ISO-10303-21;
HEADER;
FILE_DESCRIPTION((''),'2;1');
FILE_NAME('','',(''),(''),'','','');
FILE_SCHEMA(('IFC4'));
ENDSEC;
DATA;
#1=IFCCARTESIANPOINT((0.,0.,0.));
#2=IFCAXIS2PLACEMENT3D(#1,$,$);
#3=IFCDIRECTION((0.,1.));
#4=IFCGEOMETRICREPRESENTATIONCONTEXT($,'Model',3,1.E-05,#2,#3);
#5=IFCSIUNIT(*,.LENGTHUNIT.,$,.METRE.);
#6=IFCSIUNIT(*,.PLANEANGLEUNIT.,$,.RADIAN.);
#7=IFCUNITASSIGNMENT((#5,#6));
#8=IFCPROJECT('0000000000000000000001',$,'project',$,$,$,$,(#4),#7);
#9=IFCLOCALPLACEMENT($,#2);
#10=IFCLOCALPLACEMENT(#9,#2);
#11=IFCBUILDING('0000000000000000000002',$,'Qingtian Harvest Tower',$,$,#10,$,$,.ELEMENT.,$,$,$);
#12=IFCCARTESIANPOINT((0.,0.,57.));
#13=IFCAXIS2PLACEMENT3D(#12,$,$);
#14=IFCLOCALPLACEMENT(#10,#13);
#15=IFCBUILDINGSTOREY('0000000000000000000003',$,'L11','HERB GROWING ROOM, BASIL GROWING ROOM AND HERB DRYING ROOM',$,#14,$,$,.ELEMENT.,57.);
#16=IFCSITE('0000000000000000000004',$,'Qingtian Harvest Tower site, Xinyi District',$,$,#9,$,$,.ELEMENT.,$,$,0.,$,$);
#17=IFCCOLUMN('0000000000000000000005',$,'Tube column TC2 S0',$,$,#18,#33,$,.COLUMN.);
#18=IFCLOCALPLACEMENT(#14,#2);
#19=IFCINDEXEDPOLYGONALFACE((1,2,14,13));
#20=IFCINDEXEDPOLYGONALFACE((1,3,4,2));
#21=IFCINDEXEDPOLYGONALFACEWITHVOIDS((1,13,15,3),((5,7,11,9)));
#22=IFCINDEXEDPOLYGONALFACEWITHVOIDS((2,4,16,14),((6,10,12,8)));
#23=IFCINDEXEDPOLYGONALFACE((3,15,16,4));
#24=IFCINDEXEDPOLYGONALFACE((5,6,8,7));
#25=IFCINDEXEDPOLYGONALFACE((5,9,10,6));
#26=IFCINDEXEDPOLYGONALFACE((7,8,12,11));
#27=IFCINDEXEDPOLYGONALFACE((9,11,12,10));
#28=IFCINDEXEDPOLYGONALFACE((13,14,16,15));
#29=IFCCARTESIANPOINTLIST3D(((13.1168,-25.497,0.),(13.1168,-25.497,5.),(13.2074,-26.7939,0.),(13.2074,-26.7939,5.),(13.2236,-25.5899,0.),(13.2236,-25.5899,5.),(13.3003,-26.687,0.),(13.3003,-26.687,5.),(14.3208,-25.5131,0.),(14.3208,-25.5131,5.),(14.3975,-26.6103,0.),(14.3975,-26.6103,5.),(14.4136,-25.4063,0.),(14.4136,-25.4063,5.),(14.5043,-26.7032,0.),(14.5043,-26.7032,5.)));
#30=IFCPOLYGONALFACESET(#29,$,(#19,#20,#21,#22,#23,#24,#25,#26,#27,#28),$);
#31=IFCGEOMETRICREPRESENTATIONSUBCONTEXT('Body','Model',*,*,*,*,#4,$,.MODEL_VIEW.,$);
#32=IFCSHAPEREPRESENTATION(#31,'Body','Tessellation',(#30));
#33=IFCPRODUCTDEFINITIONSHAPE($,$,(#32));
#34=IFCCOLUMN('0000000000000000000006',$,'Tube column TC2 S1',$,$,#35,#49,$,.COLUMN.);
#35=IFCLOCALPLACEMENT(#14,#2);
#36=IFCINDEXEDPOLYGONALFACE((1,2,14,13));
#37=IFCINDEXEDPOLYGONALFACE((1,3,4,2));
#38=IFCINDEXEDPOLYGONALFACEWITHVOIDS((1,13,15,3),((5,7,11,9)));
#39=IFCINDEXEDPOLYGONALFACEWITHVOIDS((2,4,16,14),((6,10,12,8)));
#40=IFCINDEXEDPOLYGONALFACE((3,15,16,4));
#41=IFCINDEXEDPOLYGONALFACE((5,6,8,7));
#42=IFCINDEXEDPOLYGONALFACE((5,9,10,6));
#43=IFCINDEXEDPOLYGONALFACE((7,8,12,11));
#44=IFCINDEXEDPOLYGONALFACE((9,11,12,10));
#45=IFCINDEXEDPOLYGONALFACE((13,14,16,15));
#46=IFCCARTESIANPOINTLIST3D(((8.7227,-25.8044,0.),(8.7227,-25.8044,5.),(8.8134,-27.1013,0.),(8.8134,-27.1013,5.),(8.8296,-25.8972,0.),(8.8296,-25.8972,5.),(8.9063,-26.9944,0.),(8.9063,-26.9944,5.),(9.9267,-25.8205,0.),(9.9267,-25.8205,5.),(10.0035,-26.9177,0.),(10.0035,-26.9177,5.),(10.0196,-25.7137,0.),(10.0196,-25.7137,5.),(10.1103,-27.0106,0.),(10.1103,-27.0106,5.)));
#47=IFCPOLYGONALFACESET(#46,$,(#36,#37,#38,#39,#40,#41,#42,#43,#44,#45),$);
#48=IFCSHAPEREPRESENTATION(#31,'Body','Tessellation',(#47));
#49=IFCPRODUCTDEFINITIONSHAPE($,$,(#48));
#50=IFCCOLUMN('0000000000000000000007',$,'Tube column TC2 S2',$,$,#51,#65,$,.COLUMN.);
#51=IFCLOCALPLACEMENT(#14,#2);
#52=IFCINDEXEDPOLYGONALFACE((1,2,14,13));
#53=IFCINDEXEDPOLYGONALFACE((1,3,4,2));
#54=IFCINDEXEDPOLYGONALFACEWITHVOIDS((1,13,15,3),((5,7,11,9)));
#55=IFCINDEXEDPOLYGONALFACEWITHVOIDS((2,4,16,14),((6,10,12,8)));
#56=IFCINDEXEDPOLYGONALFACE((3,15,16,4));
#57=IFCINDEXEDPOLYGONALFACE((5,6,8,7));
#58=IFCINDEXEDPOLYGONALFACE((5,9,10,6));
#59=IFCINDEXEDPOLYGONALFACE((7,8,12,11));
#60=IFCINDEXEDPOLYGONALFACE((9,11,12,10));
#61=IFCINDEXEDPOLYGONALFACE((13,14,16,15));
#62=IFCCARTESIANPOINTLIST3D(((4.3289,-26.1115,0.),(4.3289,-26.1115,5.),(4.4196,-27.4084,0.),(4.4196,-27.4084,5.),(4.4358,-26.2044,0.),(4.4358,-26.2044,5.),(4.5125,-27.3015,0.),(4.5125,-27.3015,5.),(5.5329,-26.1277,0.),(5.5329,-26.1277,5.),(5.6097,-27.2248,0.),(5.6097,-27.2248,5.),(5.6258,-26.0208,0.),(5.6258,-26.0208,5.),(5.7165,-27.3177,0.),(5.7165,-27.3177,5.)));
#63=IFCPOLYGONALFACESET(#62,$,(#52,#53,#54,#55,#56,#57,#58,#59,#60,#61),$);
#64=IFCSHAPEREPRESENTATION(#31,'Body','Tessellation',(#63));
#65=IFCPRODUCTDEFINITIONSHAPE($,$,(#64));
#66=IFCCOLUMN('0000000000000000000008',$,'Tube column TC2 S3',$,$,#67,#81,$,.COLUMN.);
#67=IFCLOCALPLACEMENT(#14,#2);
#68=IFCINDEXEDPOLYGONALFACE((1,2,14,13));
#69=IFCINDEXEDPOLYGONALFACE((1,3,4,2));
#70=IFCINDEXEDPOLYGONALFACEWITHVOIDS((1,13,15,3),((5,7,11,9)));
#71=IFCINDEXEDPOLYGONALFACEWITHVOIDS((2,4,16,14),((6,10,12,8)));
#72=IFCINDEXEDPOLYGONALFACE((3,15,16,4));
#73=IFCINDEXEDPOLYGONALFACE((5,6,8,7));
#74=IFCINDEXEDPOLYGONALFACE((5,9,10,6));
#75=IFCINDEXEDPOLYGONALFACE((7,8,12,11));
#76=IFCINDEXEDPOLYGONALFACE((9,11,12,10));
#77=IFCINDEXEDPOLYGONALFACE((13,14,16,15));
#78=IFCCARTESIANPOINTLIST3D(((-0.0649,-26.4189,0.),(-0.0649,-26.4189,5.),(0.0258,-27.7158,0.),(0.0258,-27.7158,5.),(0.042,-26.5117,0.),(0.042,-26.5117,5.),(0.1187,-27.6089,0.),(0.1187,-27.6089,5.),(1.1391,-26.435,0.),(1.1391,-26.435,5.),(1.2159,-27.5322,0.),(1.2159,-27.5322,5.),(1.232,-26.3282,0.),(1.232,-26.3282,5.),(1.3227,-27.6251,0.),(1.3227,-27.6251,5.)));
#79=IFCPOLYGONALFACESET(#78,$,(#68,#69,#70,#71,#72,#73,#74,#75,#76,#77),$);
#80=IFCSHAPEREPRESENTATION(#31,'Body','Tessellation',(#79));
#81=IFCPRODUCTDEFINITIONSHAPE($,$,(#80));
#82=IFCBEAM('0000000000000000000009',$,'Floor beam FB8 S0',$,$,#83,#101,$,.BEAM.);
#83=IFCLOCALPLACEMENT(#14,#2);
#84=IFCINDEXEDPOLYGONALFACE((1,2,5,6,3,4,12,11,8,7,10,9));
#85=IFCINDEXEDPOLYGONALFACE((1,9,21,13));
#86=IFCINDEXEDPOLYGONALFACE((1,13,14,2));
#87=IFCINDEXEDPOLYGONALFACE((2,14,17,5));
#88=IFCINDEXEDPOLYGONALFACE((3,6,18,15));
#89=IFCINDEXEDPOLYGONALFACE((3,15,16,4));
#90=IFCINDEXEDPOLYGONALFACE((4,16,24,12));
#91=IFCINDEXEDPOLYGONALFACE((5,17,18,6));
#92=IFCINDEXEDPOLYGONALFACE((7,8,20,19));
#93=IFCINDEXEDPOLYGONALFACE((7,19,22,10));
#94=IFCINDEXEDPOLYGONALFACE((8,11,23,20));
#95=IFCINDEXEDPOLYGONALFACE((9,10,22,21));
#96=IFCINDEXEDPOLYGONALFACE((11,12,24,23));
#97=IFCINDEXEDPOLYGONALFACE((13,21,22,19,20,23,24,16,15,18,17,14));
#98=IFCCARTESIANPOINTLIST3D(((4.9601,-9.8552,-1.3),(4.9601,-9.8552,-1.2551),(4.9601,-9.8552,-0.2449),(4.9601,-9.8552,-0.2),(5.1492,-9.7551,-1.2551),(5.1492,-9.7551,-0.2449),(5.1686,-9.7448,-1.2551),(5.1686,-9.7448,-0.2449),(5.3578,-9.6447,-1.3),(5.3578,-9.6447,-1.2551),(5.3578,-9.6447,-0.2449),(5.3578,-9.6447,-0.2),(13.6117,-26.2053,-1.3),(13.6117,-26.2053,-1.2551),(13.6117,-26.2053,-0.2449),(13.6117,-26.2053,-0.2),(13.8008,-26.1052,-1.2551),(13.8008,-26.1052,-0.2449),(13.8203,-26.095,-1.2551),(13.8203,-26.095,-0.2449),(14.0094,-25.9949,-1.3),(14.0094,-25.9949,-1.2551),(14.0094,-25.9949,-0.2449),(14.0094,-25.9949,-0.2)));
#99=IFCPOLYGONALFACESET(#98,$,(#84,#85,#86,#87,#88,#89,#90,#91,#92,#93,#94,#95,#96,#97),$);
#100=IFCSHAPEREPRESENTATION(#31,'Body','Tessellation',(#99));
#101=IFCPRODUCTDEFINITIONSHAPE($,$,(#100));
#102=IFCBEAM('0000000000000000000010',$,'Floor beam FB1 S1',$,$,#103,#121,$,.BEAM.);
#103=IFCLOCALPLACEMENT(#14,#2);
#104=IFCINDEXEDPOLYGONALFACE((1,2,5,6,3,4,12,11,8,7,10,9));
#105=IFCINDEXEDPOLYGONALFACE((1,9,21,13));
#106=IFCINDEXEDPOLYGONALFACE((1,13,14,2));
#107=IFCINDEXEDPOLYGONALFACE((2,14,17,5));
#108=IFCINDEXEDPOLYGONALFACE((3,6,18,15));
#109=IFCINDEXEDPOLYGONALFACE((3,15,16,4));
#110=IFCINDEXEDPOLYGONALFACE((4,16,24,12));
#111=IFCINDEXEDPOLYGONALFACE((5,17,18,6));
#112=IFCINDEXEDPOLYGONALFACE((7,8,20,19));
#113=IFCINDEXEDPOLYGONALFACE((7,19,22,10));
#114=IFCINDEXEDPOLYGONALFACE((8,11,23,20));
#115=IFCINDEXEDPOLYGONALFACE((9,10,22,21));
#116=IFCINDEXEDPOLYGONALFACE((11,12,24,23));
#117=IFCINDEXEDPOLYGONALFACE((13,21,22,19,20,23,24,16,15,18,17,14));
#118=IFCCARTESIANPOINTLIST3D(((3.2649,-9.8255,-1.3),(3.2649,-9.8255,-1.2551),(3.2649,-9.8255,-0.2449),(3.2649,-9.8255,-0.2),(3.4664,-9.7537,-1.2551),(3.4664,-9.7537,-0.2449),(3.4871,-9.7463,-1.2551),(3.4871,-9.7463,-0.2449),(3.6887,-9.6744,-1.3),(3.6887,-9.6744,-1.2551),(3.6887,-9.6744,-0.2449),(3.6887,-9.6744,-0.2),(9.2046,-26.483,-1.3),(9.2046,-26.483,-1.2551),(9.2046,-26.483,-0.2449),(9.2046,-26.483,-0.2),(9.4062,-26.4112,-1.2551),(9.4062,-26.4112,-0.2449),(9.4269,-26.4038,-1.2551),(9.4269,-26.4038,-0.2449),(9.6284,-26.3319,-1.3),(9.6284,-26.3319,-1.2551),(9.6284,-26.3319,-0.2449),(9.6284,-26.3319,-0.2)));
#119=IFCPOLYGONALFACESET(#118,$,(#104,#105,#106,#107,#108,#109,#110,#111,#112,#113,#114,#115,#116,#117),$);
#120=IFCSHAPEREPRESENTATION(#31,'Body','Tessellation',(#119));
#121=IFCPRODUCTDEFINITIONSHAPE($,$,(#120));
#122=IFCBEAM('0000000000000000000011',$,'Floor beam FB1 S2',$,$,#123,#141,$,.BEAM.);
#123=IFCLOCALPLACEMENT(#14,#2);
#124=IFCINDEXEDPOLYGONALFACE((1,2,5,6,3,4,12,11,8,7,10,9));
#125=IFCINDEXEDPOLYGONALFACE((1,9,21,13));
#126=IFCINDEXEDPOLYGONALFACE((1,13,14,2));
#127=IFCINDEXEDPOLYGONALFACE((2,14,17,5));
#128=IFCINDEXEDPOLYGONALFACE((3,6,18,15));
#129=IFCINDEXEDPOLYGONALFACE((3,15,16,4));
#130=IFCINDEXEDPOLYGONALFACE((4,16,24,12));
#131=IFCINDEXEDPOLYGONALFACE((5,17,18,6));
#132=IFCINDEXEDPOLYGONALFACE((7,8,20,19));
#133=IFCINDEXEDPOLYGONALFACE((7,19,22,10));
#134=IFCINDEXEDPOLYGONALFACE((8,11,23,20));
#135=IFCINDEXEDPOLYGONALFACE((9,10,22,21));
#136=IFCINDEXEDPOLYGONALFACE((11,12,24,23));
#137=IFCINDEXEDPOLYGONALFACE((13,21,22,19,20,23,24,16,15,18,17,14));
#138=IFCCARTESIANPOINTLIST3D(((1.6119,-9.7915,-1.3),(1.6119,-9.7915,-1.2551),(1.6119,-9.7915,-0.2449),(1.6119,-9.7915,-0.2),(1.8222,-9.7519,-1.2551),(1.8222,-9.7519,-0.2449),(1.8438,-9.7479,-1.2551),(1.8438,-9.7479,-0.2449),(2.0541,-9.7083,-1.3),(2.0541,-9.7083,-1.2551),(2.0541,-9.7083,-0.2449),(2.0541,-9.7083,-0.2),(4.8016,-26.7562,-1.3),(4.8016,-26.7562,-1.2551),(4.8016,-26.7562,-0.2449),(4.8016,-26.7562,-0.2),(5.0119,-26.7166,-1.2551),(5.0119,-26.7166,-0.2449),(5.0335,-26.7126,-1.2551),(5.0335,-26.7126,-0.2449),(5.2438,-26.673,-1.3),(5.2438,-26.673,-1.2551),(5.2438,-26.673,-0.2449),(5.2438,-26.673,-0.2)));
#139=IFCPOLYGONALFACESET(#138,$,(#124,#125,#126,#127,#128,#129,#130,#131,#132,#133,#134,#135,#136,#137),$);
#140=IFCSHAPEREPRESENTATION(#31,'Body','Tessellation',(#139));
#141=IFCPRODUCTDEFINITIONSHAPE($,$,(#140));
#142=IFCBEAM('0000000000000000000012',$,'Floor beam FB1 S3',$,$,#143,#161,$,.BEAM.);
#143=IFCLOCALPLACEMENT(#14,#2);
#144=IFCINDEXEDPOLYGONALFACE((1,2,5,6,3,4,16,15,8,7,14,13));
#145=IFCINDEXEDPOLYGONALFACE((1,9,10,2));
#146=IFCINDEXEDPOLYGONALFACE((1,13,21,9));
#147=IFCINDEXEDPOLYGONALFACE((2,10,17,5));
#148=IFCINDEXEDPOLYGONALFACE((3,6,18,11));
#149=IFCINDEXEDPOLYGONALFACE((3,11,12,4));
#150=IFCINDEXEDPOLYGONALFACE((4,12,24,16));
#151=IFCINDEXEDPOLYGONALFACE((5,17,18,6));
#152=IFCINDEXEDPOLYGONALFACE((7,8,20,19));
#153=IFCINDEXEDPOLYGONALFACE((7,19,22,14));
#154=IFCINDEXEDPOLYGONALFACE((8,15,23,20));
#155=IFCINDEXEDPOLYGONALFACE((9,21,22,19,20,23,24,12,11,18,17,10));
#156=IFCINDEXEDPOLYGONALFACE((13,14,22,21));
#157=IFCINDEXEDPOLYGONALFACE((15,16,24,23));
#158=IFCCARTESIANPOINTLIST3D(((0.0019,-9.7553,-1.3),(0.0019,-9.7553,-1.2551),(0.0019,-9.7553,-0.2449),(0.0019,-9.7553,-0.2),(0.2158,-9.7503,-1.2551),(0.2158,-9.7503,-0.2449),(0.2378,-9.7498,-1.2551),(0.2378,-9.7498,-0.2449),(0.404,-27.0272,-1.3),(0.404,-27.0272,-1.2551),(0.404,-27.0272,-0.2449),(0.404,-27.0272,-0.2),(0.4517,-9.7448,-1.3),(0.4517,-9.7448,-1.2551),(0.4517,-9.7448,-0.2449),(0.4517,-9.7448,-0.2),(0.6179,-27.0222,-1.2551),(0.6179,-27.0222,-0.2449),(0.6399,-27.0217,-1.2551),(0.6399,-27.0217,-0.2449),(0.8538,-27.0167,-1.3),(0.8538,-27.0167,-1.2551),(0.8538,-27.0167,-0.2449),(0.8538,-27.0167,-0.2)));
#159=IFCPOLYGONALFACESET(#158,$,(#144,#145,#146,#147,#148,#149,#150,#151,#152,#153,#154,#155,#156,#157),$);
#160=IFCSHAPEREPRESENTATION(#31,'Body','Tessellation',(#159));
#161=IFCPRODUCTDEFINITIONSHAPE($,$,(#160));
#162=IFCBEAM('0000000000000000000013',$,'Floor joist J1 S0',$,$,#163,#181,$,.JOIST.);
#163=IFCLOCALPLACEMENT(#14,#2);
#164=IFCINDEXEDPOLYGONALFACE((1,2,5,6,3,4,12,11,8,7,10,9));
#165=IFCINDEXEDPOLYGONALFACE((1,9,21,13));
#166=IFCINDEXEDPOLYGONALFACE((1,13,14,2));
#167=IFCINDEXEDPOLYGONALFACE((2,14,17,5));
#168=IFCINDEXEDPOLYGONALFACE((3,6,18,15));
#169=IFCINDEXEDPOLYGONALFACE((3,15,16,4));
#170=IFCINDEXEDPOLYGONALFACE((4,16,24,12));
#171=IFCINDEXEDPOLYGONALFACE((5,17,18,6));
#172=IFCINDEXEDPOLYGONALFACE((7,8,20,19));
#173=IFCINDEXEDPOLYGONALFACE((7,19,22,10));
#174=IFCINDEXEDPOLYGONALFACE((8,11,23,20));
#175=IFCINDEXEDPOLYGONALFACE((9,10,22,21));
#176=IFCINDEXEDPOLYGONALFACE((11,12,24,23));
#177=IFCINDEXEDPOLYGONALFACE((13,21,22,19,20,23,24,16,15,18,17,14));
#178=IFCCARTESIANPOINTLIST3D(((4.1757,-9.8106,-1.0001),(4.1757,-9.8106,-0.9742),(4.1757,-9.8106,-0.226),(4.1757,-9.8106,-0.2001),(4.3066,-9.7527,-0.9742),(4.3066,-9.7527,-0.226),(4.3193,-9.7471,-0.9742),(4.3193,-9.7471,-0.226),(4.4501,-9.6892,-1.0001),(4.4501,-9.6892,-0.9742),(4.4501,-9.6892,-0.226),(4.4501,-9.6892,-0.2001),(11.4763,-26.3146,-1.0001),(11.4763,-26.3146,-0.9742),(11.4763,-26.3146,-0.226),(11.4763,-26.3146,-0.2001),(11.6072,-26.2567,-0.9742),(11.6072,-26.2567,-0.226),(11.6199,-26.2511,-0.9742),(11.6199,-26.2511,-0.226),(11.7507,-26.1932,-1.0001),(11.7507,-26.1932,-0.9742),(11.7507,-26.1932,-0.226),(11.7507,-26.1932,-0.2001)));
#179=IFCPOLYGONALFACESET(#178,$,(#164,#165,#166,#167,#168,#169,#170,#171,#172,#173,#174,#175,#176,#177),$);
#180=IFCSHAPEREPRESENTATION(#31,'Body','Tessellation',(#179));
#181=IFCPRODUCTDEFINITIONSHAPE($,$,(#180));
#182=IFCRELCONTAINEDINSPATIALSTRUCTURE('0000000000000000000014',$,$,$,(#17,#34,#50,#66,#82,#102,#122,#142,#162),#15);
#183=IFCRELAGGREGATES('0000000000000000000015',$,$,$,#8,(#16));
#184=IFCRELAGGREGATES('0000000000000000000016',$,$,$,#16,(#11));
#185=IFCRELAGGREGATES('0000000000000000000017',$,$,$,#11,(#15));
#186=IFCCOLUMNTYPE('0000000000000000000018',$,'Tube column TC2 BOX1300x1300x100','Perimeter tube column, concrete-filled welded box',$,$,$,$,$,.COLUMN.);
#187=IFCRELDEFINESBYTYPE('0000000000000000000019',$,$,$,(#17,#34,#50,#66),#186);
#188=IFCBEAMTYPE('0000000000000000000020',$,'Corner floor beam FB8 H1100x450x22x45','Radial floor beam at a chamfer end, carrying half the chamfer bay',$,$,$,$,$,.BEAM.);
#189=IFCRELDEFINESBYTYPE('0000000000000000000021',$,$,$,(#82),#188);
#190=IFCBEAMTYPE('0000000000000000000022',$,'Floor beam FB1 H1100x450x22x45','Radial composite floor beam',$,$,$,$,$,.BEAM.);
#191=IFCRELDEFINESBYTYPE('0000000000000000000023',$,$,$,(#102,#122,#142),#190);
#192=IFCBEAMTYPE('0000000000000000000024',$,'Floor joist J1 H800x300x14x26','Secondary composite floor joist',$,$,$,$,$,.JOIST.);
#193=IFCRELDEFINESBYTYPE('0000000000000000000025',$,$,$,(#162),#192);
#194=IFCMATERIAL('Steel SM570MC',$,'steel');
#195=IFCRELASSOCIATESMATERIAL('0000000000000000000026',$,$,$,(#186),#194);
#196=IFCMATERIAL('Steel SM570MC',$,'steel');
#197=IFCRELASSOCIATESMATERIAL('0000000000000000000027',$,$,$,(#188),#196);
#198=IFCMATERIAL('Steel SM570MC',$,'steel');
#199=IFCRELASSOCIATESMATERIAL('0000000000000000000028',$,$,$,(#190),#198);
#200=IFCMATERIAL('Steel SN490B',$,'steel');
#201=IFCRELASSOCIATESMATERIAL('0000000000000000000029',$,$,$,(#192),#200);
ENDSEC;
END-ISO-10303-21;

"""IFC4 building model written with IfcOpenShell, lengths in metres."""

from ifc_helpers import new_model, si_unit, direction, frame, origin, origin_2d, place, context, subcontext, project, spatial, hollow_rectangle, i_section, extrude, material, material_profile, profile_set, type_object, element, save


model = new_model("IFC4")

# Units and contexts
model_context = context("Model", 3, precision=1e-05, world=origin(), true_north=direction((0.0, 1.0)))
body_context = subcontext(model_context, "Body", "Model", "MODEL_VIEW")
ifc_project = project(units=[si_unit("LENGTHUNIT", "METRE"), si_unit("PLANEANGLEUNIT", "RADIAN")], contexts=[model_context])

# Site, building, storey
site_placement = place(None, origin())
site = spatial("IfcSite", under=ifc_project, at=site_placement, Name="Qingtian Harvest Tower site, Xinyi District", CompositionType="ELEMENT", RefElevation=0.0)
building_placement = place(site_placement, origin())
building = spatial("IfcBuilding", under=site, at=building_placement, Name="Qingtian Harvest Tower", CompositionType="ELEMENT")
storey_placement = place(building_placement, frame((0.0, 0.0, 57.0)))
storey = spatial("IfcBuildingStorey", under=building, at=storey_placement, Name="L11", Description="HERB GROWING ROOM, BASIL GROWING ROOM AND HERB DRYING ROOM", CompositionType="ELEMENT", Elevation=57.0)

# Columns
ifc_material_1 = material(Name="Steel SM570MC", Category="steel")
ifc_material_profile_1 = material_profile(ifc_material_1, hollow_rectangle(XDim=1.3, YDim=1.3, WallThickness=0.1001, at=origin_2d()), Name="BOX1300x1300x100")
ifc_profile_set_1 = profile_set([ifc_material_profile_1], Name="Steel SM570MC")
column_type = type_object("IfcColumnType", Name="Tube column TC2 BOX1300x1300x100", Description="Perimeter tube column, concrete-filled welded box", PredefinedType="COLUMN", material=ifc_profile_set_1)
for number, where, z_axis, x_axis, name in (
    (1, (13.8105, -26.1001, 0.0), (0.0, 0.0, 1.0), (0.997564, 0.069756, 0.0), "Tube column TC2 S0"),
    (2, (9.4165, -26.4075, 0.0), (0.0, 0.0, 1.0), (0.997564, 0.069756, 0.0), "Tube column TC2 S1"),
    (3, (5.0227, -26.7146, 0.0), (0.0, 0.0, 1.0), (0.997564, 0.069756, 0.0), "Tube column TC2 S2"),
    (4, (0.6289, -27.022, 0.0), (0.0, 0.0, 1.0), (0.997564, 0.069756, 0.0), "Tube column TC2 S3"),
):
    element("IfcColumn", number, at=place(storey_placement, frame(where, z_axis=z_axis, x_axis=x_axis)), inside=storey, type_object=column_type, Name=name, PredefinedType="COLUMN", context=body_context, shape_type="SweptSolid", body=[
        extrude(hollow_rectangle(XDim=1.3, YDim=1.3, WallThickness=0.1001, at=origin_2d()), origin(), (0.0, 0.0, 1.0), 5.0),
    ])

# Beams
ifc_material_2 = material(Name="Steel SM570MC", Category="steel")
ifc_material_profile_2 = material_profile(ifc_material_2, i_section(OverallWidth=0.45, OverallDepth=1.1001, WebThickness=0.022, FlangeThickness=0.0449, at=origin_2d()), Name="H1100x450x22x45")
ifc_profile_set_2 = profile_set([ifc_material_profile_2], Name="Steel SM570MC")
beam_type_1 = type_object("IfcBeamType", Name="Corner floor beam FB8 H1100x450x22x45", Description="Radial floor beam at a chamfer end, carrying half the chamfer bay", PredefinedType="BEAM", material=ifc_profile_set_2)
beam_1_placement = place(storey_placement, frame((13.8105, -26.1001, -0.75), z_axis=(-0.467705, 0.883885, 0.0), x_axis=(-0.883885, -0.467705, 0.0)))
element("IfcBeam", 5, at=beam_1_placement, inside=storey, type_object=beam_type_1, Name="Floor beam FB8 S0", PredefinedType="BEAM", context=body_context, shape_type="SweptSolid", body=[
    extrude(i_section(OverallWidth=0.45, OverallDepth=1.1001, WebThickness=0.022, FlangeThickness=0.0449, at=origin_2d()), origin(), (0.0, 0.0, 1.0), 18.498),
])
ifc_material_3 = material(Name="Steel SM570MC", Category="steel")
ifc_material_profile_3 = material_profile(ifc_material_3, i_section(OverallWidth=0.45, OverallDepth=1.1001, WebThickness=0.022, FlangeThickness=0.0449, at=origin_2d()), Name="H1100x450x22x45")
ifc_profile_set_3 = profile_set([ifc_material_profile_3], Name="Steel SM570MC")
beam_type_2 = type_object("IfcBeamType", Name="Floor beam FB1 H1100x450x22x45", Description="Radial composite floor beam", PredefinedType="BEAM", material=ifc_profile_set_3)
beam_2_placement = place(storey_placement, frame((9.4165, -26.4075, -0.75), z_axis=(-0.335865, 0.94191, 0.0), x_axis=(-0.94191, -0.335865, 0.0)))
element("IfcBeam", 6, at=beam_2_placement, inside=storey, type_object=beam_type_2, Name="Floor beam FB1 S1", PredefinedType="BEAM", context=body_context, shape_type="SweptSolid", body=[
    extrude(i_section(OverallWidth=0.45, OverallDepth=1.1001, WebThickness=0.022, FlangeThickness=0.0449, at=origin_2d()), origin(), (0.0, 0.0, 1.0), 17.6848),
])
beam_3_placement = place(storey_placement, frame((5.0227, -26.7146, -0.75), z_axis=(-0.184783, 0.982779, 0.0), x_axis=(-0.982779, -0.184783, 0.0)))
element("IfcBeam", 7, at=beam_3_placement, inside=storey, type_object=beam_type_2, Name="Floor beam FB1 S2", PredefinedType="BEAM", context=body_context, shape_type="SweptSolid", body=[
    extrude(i_section(OverallWidth=0.45, OverallDepth=1.1001, WebThickness=0.022, FlangeThickness=0.0449, at=origin_2d()), origin(), (0.0, 0.0, 1.0), 17.262),
])
beam_4_placement = place(storey_placement, frame((0.6289, -27.022, -0.75), z_axis=(-0.023274, 0.999729, 0.0), x_axis=(-0.999729, -0.023274, 0.0)))
element("IfcBeam", 8, at=beam_4_placement, inside=storey, type_object=beam_type_2, Name="Floor beam FB1 S3", PredefinedType="BEAM", context=body_context, shape_type="SweptSolid", body=[
    extrude(i_section(OverallWidth=0.45, OverallDepth=1.1001, WebThickness=0.022, FlangeThickness=0.0449, at=origin_2d()), origin(), (0.0, 0.0, 1.0), 17.2766),
])
ifc_material_4 = material(Name="Steel SN490B", Category="steel")
ifc_material_profile_4 = material_profile(ifc_material_4, i_section(OverallWidth=0.3, OverallDepth=0.8, WebThickness=0.0139, FlangeThickness=0.0259, at=origin_2d()), Name="H800x300x14x26")
ifc_profile_set_4 = profile_set([ifc_material_profile_4], Name="Steel SN490B")
beam_type_3 = type_object("IfcBeamType", Name="Floor joist J1 H800x300x14x26", Description="Secondary composite floor joist", PredefinedType="JOIST", material=ifc_profile_set_4)
beam_5_placement = place(storey_placement, frame((11.6135, -26.2539, -0.6001), z_axis=(-0.40454, 0.91452, 0.0), x_axis=(-0.91452, -0.40454, 0.0)))
element("IfcBeam", 9, at=beam_5_placement, inside=storey, type_object=beam_type_3, Name="Floor joist J1 S0", PredefinedType="JOIST", context=body_context, shape_type="SweptSolid", body=[
    extrude(i_section(OverallWidth=0.3, OverallDepth=0.8, WebThickness=0.0139, FlangeThickness=0.0259, at=origin_2d()), origin(), (0.0, 0.0, 1.0), 18.0466),
])

save(model, "model.ifc")
